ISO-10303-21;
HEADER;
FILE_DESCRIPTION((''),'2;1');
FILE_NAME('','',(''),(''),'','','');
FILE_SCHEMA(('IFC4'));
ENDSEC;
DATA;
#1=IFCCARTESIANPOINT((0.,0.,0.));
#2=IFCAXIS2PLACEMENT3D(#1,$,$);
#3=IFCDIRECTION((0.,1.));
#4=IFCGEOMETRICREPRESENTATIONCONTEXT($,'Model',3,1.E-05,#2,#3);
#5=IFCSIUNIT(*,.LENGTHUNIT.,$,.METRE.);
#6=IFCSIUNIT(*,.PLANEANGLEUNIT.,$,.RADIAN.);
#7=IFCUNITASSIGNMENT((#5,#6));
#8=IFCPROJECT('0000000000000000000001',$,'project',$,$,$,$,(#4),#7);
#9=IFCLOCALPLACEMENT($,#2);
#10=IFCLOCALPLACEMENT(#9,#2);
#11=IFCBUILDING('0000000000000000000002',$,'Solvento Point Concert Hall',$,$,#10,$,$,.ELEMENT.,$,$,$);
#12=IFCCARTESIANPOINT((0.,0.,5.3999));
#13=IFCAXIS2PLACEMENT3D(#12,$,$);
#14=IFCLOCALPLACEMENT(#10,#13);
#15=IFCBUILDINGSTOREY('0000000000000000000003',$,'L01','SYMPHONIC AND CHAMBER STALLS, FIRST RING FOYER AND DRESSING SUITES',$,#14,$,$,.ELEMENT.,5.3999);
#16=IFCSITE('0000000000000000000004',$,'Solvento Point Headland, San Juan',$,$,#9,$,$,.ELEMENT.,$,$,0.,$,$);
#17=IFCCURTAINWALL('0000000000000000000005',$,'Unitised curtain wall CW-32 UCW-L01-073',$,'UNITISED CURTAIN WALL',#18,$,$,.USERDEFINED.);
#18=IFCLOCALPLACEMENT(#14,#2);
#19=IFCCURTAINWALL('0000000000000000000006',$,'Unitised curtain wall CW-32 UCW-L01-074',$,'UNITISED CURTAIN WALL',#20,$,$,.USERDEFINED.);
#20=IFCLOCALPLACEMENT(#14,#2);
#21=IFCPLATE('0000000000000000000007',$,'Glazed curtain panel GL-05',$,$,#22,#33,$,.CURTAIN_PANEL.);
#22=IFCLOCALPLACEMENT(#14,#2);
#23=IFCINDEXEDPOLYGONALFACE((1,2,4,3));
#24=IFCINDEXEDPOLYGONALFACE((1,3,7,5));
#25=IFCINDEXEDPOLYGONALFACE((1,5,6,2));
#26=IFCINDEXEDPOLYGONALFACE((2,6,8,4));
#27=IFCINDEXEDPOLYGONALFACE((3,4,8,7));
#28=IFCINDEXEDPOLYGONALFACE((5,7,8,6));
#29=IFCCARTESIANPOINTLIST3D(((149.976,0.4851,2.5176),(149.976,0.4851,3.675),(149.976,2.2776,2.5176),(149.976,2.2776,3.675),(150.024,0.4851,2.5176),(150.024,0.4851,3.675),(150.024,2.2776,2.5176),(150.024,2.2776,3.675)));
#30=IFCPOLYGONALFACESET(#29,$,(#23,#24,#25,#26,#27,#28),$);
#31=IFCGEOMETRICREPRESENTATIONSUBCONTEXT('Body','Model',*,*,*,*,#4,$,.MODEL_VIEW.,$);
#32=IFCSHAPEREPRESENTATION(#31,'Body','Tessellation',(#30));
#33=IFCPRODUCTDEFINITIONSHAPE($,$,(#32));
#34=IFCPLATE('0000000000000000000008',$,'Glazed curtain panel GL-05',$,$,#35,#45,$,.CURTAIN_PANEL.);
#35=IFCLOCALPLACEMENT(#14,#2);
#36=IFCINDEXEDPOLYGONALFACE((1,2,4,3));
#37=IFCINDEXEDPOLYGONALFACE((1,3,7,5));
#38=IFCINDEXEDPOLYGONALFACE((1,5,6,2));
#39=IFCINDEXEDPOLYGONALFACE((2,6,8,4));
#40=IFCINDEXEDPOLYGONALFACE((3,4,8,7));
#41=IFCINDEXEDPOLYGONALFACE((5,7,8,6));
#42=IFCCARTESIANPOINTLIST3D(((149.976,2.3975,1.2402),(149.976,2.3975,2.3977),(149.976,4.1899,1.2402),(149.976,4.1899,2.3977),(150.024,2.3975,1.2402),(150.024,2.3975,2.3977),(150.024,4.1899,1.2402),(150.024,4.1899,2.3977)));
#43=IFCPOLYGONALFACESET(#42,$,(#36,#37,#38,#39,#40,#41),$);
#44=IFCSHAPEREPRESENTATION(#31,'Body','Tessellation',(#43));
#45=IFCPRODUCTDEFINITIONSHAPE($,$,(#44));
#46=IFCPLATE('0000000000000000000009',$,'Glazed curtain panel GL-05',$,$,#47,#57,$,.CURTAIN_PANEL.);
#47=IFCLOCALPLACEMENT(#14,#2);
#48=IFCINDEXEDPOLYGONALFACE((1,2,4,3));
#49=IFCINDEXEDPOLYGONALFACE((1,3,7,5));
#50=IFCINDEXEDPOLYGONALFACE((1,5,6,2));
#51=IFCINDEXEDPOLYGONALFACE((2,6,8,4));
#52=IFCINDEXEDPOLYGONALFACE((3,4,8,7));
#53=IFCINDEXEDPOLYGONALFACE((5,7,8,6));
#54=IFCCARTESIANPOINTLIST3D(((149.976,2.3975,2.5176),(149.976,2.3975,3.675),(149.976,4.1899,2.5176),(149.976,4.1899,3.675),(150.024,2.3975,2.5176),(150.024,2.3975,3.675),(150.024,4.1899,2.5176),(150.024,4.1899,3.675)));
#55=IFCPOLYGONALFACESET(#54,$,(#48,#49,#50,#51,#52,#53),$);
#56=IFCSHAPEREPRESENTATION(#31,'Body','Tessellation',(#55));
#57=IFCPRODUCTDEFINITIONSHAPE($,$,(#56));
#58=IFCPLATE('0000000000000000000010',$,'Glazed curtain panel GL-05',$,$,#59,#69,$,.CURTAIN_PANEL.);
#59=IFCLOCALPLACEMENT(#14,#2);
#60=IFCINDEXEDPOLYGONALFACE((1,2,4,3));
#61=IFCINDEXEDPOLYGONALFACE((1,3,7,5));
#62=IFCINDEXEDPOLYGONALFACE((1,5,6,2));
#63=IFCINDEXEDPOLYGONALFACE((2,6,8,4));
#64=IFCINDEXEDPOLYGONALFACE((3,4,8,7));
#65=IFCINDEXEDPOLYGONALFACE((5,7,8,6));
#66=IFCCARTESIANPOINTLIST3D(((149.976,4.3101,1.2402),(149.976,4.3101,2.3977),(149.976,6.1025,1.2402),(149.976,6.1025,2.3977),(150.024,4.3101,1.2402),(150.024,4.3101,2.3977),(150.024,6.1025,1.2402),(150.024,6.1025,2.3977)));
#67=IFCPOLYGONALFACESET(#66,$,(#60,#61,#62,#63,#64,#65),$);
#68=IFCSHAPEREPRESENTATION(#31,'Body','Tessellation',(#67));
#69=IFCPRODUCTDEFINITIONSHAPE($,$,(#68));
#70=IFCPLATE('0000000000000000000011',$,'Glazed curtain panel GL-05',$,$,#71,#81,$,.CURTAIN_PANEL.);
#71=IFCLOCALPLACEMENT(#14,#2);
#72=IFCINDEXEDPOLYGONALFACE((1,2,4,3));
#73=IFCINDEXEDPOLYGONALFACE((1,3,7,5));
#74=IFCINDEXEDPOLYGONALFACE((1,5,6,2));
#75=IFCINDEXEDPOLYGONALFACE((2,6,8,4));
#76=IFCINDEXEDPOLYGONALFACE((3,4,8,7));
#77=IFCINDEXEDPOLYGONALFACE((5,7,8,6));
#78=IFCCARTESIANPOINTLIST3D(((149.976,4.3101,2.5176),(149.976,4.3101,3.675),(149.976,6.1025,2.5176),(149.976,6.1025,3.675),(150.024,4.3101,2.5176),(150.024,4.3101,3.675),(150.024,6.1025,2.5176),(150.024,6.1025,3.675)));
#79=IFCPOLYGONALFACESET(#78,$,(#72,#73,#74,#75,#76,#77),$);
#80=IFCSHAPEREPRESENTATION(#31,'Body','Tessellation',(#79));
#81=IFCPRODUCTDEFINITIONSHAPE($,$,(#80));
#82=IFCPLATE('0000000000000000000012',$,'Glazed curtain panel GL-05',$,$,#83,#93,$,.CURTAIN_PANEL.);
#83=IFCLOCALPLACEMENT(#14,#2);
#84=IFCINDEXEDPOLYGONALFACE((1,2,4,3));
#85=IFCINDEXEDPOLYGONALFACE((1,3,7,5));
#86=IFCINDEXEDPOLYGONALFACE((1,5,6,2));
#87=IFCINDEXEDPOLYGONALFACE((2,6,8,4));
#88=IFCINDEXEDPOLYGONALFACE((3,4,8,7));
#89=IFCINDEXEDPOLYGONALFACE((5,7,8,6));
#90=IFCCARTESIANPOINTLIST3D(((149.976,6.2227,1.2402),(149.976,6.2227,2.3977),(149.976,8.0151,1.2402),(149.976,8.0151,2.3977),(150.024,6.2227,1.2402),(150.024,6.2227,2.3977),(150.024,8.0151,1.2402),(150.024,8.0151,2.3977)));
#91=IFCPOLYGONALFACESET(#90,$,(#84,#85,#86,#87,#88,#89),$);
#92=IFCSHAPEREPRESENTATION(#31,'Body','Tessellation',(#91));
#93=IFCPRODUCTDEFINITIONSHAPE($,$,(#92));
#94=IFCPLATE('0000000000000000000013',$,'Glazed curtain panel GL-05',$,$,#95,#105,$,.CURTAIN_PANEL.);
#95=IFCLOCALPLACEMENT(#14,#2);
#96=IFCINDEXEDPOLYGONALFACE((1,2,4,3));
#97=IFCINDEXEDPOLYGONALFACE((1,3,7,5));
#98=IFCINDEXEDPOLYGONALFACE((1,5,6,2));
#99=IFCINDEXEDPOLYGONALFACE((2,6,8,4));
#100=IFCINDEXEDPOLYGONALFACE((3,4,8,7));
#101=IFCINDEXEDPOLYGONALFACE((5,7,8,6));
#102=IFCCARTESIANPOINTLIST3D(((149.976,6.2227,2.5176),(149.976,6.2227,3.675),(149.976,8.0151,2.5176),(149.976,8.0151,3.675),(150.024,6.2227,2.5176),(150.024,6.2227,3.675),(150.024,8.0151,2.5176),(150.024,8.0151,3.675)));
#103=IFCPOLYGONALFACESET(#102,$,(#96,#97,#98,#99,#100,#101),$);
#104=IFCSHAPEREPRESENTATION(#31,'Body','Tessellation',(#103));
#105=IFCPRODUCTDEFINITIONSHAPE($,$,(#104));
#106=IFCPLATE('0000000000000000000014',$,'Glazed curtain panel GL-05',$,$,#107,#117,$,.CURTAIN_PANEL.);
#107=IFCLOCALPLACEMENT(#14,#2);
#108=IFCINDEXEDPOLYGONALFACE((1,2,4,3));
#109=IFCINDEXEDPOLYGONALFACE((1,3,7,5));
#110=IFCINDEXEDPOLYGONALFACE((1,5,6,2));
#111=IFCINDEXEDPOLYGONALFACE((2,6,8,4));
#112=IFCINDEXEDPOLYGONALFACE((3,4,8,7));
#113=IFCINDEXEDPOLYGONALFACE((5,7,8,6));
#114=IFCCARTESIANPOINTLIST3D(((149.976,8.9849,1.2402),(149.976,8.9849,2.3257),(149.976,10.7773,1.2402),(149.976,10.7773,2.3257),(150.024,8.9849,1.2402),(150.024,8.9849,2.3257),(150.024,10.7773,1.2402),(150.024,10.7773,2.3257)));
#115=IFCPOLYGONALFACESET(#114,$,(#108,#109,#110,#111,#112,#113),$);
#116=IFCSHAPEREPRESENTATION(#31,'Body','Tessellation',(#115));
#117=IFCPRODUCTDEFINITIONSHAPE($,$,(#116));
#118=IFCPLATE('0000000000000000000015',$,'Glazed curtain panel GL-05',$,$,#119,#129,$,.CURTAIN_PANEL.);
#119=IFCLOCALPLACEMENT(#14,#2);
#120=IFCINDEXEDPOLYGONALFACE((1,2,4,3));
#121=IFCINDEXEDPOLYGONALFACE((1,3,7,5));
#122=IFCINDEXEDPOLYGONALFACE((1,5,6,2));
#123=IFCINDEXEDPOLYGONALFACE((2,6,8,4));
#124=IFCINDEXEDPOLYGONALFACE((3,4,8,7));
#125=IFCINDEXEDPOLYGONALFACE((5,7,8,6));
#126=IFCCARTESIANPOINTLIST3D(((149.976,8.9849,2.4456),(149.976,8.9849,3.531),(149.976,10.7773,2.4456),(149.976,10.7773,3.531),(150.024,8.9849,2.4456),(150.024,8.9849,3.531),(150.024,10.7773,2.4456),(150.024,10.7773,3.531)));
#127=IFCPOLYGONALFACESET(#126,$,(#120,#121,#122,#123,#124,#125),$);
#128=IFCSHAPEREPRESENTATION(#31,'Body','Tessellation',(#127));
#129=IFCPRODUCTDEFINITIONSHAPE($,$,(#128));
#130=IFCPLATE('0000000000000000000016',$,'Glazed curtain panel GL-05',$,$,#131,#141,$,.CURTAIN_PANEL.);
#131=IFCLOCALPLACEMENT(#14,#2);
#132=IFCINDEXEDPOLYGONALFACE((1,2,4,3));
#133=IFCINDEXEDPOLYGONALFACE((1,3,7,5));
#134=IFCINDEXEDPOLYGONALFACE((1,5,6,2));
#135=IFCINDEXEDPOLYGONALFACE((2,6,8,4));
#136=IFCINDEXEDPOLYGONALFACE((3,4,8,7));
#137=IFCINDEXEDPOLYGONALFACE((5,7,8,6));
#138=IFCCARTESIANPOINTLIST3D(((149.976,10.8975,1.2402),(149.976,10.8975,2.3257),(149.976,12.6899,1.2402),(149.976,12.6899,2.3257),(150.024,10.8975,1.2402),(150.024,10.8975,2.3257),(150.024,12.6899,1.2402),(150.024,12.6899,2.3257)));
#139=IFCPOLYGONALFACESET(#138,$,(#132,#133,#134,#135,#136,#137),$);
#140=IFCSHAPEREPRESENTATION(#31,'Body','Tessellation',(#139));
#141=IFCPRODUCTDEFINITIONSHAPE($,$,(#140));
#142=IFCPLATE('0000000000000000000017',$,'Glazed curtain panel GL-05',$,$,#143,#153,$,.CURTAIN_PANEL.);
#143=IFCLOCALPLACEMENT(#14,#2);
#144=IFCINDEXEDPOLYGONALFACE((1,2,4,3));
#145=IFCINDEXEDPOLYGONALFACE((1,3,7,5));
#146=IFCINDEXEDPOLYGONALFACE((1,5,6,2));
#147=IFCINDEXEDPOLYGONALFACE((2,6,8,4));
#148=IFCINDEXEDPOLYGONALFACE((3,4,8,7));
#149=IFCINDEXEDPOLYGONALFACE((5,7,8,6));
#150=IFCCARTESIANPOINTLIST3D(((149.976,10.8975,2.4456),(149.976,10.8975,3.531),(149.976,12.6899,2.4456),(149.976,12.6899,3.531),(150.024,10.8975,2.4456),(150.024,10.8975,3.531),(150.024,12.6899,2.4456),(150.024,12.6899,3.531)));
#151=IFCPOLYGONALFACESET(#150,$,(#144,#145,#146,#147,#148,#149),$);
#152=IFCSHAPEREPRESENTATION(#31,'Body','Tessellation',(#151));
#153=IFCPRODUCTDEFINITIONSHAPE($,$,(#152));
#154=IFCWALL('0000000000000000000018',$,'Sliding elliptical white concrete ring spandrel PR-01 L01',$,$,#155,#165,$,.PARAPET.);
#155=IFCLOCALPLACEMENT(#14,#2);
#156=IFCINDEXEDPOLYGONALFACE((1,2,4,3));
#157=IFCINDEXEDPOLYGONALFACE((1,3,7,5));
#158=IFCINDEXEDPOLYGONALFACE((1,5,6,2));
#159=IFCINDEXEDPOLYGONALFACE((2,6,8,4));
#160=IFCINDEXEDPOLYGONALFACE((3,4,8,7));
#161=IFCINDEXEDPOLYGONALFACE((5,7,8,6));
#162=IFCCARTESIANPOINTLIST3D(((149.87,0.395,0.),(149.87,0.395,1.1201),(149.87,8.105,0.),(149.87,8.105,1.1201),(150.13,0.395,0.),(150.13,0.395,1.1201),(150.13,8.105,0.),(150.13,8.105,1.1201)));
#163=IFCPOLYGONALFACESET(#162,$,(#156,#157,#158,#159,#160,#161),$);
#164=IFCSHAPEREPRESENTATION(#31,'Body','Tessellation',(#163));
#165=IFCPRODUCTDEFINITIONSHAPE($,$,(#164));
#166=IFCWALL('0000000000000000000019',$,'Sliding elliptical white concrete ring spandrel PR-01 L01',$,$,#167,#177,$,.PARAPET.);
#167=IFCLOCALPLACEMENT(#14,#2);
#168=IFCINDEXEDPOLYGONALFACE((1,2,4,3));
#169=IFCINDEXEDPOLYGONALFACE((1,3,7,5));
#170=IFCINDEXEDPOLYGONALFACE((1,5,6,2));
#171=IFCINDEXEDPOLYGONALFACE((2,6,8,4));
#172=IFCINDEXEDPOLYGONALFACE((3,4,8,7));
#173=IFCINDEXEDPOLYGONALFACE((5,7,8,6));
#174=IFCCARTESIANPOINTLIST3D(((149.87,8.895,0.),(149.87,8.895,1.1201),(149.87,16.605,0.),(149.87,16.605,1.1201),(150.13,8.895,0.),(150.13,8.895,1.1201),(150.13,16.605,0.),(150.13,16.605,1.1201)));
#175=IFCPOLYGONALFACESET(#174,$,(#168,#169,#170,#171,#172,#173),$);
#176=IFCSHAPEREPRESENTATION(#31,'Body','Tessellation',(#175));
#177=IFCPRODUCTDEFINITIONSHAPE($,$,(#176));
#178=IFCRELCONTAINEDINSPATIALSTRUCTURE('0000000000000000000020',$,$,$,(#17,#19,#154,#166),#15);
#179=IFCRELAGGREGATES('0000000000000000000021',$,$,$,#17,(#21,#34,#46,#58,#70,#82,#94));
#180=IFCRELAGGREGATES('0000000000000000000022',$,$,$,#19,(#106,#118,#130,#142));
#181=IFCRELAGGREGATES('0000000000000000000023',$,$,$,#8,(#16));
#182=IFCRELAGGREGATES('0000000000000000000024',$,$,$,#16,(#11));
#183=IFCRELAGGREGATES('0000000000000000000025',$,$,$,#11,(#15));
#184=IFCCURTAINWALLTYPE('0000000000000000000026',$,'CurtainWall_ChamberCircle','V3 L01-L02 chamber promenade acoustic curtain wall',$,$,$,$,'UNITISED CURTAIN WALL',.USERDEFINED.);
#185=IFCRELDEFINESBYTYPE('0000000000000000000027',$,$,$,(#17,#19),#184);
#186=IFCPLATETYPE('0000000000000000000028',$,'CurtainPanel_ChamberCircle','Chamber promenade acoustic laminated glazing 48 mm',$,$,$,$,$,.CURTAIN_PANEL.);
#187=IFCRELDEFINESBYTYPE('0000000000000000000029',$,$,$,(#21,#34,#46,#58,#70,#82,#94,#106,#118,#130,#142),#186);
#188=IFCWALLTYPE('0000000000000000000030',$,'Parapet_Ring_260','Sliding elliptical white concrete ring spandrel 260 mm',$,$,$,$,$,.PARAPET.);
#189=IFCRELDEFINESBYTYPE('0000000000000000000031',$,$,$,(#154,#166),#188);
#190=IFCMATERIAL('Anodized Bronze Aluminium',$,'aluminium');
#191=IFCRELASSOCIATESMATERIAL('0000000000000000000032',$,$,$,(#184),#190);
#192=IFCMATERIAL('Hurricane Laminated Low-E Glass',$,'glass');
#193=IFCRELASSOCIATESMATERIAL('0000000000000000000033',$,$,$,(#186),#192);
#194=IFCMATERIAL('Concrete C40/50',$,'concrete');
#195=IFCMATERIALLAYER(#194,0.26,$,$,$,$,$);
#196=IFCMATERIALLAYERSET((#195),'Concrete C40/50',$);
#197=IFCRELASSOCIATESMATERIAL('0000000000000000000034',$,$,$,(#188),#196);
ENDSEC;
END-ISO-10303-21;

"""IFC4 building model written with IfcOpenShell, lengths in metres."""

from ifc_helpers import new_model, si_unit, direction, frame, frame_2d, origin, origin_2d, place, context, subcontext, project, spatial, rectangle, extrude, material, layer, layer_set, type_object, element, aggregate, save


model = new_model("IFC4")

# Units and contexts
model_context = context("Model", 3, precision=1e-05, world=origin(), true_north=direction((0.0, 1.0)))
body_context = subcontext(model_context, "Body", "Model", "MODEL_VIEW")
ifc_project = project(units=[si_unit("LENGTHUNIT", "METRE"), si_unit("PLANEANGLEUNIT", "RADIAN")], contexts=[model_context])

# Site, building, storey
site_placement = place(None, origin())
site = spatial("IfcSite", under=ifc_project, at=site_placement, Name="Solvento Point Headland, San Juan", CompositionType="ELEMENT", RefElevation=0.0)
building_placement = place(site_placement, origin())
building = spatial("IfcBuilding", under=site, at=building_placement, Name="Solvento Point Concert Hall", CompositionType="ELEMENT")
storey_placement = place(building_placement, frame((0.0, 0.0, 5.3999)))
storey = spatial("IfcBuildingStorey", under=building, at=storey_placement, Name="L01", Description="SYMPHONIC AND CHAMBER STALLS, FIRST RING FOYER AND DRESSING SUITES", CompositionType="ELEMENT", Elevation=5.3999)

# Curtain walls
ifc_material_1 = material(Name="Anodized Bronze Aluminium", Category="aluminium")
curtain_wall_type = type_object("IfcCurtainWallType", Name="CurtainWall_ChamberCircle", Description="V3 L01-L02 chamber promenade acoustic curtain wall", ElementType="UNITISED CURTAIN WALL", PredefinedType="USERDEFINED", material=ifc_material_1)
curtain_wall_1_placement = place(storey_placement, origin())
curtain_wall_1 = element("IfcCurtainWall", 1, at=curtain_wall_1_placement, inside=storey, type_object=curtain_wall_type, Name="Unitised curtain wall CW-32 UCW-L01-073", ObjectType="UNITISED CURTAIN WALL", PredefinedType="USERDEFINED")
curtain_wall_2_placement = place(storey_placement, origin())
curtain_wall_2 = element("IfcCurtainWall", 2, at=curtain_wall_2_placement, inside=storey, type_object=curtain_wall_type, Name="Unitised curtain wall CW-32 UCW-L01-074", ObjectType="UNITISED CURTAIN WALL", PredefinedType="USERDEFINED")

# Plates
ifc_material_2 = material(Name="Hurricane Laminated Low-E Glass", Category="glass")
plate_type = type_object("IfcPlateType", Name="CurtainPanel_ChamberCircle", Description="Chamber promenade acoustic laminated glazing 48 mm", PredefinedType="CURTAIN_PANEL", material=ifc_material_2)
plate_1_placement = place(storey_placement, frame((150.0, 1.3813, 2.5176), z_axis=(0.0, 0.0, 1.0), x_axis=(0.0, 1.0, 0.0)))
plate_1 = element("IfcPlate", 3, at=plate_1_placement, type_object=plate_type, Name="Glazed curtain panel GL-05", PredefinedType="CURTAIN_PANEL", context=body_context, shape_type="SweptSolid", body=[
    extrude(rectangle(XDim=1.7925, YDim=0.0481, at=origin_2d()), origin(), (0.0, 0.0, 1.0), 1.1575),
])
plate_2_placement = place(storey_placement, frame((150.0, 3.2937, 1.2402), z_axis=(0.0, 0.0, 1.0), x_axis=(0.0, 1.0, 0.0)))
plate_2 = element("IfcPlate", 4, at=plate_2_placement, type_object=plate_type, Name="Glazed curtain panel GL-05", PredefinedType="CURTAIN_PANEL", context=body_context, shape_type="SweptSolid", body=[
    extrude(rectangle(XDim=1.7925, YDim=0.0481, at=origin_2d()), origin(), (0.0, 0.0, 1.0), 1.1575),
])
plate_3_placement = place(storey_placement, frame((150.0, 3.2937, 2.5176), z_axis=(0.0, 0.0, 1.0), x_axis=(0.0, 1.0, 0.0)))
plate_3 = element("IfcPlate", 5, at=plate_3_placement, type_object=plate_type, Name="Glazed curtain panel GL-05", PredefinedType="CURTAIN_PANEL", context=body_context, shape_type="SweptSolid", body=[
    extrude(rectangle(XDim=1.7925, YDim=0.0481, at=origin_2d()), origin(), (0.0, 0.0, 1.0), 1.1575),
])
plate_4_placement = place(storey_placement, frame((150.0, 5.2063, 1.2402), z_axis=(0.0, 0.0, 1.0), x_axis=(0.0, 1.0, 0.0)))
plate_4 = element("IfcPlate", 6, at=plate_4_placement, type_object=plate_type, Name="Glazed curtain panel GL-05", PredefinedType="CURTAIN_PANEL", context=body_context, shape_type="SweptSolid", body=[
    extrude(rectangle(XDim=1.7925, YDim=0.0481, at=origin_2d()), origin(), (0.0, 0.0, 1.0), 1.1575),
])
plate_5_placement = place(storey_placement, frame((150.0, 5.2063, 2.5176), z_axis=(0.0, 0.0, 1.0), x_axis=(0.0, 1.0, 0.0)))
plate_5 = element("IfcPlate", 7, at=plate_5_placement, type_object=plate_type, Name="Glazed curtain panel GL-05", PredefinedType="CURTAIN_PANEL", context=body_context, shape_type="SweptSolid", body=[
    extrude(rectangle(XDim=1.7925, YDim=0.0481, at=origin_2d()), origin(), (0.0, 0.0, 1.0), 1.1575),
])
plate_6_placement = place(storey_placement, frame((150.0, 7.1189, 1.2402), z_axis=(0.0, 0.0, 1.0), x_axis=(0.0, 1.0, 0.0)))
plate_6 = element("IfcPlate", 8, at=plate_6_placement, type_object=plate_type, Name="Glazed curtain panel GL-05", PredefinedType="CURTAIN_PANEL", context=body_context, shape_type="SweptSolid", body=[
    extrude(rectangle(XDim=1.7925, YDim=0.0481, at=origin_2d()), origin(), (0.0, 0.0, 1.0), 1.1575),
])
plate_7_placement = place(storey_placement, frame((150.0, 7.1189, 2.5176), z_axis=(0.0, 0.0, 1.0), x_axis=(0.0, 1.0, 0.0)))
plate_7 = element("IfcPlate", 9, at=plate_7_placement, type_object=plate_type, Name="Glazed curtain panel GL-05", PredefinedType="CURTAIN_PANEL", context=body_context, shape_type="SweptSolid", body=[
    extrude(rectangle(XDim=1.7925, YDim=0.0481, at=origin_2d()), origin(), (0.0, 0.0, 1.0), 1.1575),
])
aggregate(curtain_wall_1, [plate_1, plate_2, plate_3, plate_4, plate_5, plate_6, plate_7])
plate_8_placement = place(storey_placement, frame((150.0, 9.8811, 1.2402), z_axis=(0.0, 0.0, 1.0), x_axis=(0.0, 1.0, 0.0)))
plate_8 = element("IfcPlate", 10, at=plate_8_placement, type_object=plate_type, Name="Glazed curtain panel GL-05", PredefinedType="CURTAIN_PANEL", context=body_context, shape_type="SweptSolid", body=[
    extrude(rectangle(XDim=1.7925, YDim=0.0481, at=origin_2d()), origin(), (0.0, 0.0, 1.0), 1.0854),
])
plate_9_placement = place(storey_placement, frame((150.0, 9.8811, 2.4456), z_axis=(0.0, 0.0, 1.0), x_axis=(0.0, 1.0, 0.0)))
plate_9 = element("IfcPlate", 11, at=plate_9_placement, type_object=plate_type, Name="Glazed curtain panel GL-05", PredefinedType="CURTAIN_PANEL", context=body_context, shape_type="SweptSolid", body=[
    extrude(rectangle(XDim=1.7925, YDim=0.0481, at=origin_2d()), origin(), (0.0, 0.0, 1.0), 1.0854),
])
plate_10_placement = place(storey_placement, frame((150.0, 11.7937, 1.2402), z_axis=(0.0, 0.0, 1.0), x_axis=(0.0, 1.0, 0.0)))
plate_10 = element("IfcPlate", 12, at=plate_10_placement, type_object=plate_type, Name="Glazed curtain panel GL-05", PredefinedType="CURTAIN_PANEL", context=body_context, shape_type="SweptSolid", body=[
    extrude(rectangle(XDim=1.7925, YDim=0.0481, at=origin_2d()), origin(), (0.0, 0.0, 1.0), 1.0854),
])
plate_11_placement = place(storey_placement, frame((150.0, 11.7937, 2.4456), z_axis=(0.0, 0.0, 1.0), x_axis=(0.0, 1.0, 0.0)))
plate_11 = element("IfcPlate", 13, at=plate_11_placement, type_object=plate_type, Name="Glazed curtain panel GL-05", PredefinedType="CURTAIN_PANEL", context=body_context, shape_type="SweptSolid", body=[
    extrude(rectangle(XDim=1.7925, YDim=0.0481, at=origin_2d()), origin(), (0.0, 0.0, 1.0), 1.0854),
])
aggregate(curtain_wall_2, [plate_8, plate_9, plate_10, plate_11])

# Walls
ifc_material_3 = material(Name="Concrete C40/50", Category="concrete")
ifc_layer = layer(ifc_material_3, 0.26)
ifc_layer_set = layer_set([ifc_layer], Name="Concrete C40/50")
wall_type = type_object("IfcWallType", Name="Parapet_Ring_260", Description="Sliding elliptical white concrete ring spandrel 260 mm", PredefinedType="PARAPET", material=ifc_layer_set)
for number, where, z_axis, x_axis, name in (
    (14, (150.0, 0.395, 0.0), (0.0, 0.0, 1.0), (0.0, 1.0, 0.0), "Sliding elliptical white concrete ring spandrel PR-01 L01"),
    (15, (150.0, 8.895, 0.0), (0.0, 0.0, 1.0), (0.0, 1.0, 0.0), "Sliding elliptical white concrete ring spandrel PR-01 L01"),
):
    element("IfcWall", number, at=place(storey_placement, frame(where, z_axis=z_axis, x_axis=x_axis)), inside=storey, type_object=wall_type, Name=name, PredefinedType="PARAPET", context=body_context, shape_type="SweptSolid", body=[
        extrude(rectangle(XDim=7.71, YDim=0.26, at=frame_2d((3.855, 0.0))), origin(), (0.0, 0.0, 1.0), 1.1201),
    ])

save(model, "model.ifc")
